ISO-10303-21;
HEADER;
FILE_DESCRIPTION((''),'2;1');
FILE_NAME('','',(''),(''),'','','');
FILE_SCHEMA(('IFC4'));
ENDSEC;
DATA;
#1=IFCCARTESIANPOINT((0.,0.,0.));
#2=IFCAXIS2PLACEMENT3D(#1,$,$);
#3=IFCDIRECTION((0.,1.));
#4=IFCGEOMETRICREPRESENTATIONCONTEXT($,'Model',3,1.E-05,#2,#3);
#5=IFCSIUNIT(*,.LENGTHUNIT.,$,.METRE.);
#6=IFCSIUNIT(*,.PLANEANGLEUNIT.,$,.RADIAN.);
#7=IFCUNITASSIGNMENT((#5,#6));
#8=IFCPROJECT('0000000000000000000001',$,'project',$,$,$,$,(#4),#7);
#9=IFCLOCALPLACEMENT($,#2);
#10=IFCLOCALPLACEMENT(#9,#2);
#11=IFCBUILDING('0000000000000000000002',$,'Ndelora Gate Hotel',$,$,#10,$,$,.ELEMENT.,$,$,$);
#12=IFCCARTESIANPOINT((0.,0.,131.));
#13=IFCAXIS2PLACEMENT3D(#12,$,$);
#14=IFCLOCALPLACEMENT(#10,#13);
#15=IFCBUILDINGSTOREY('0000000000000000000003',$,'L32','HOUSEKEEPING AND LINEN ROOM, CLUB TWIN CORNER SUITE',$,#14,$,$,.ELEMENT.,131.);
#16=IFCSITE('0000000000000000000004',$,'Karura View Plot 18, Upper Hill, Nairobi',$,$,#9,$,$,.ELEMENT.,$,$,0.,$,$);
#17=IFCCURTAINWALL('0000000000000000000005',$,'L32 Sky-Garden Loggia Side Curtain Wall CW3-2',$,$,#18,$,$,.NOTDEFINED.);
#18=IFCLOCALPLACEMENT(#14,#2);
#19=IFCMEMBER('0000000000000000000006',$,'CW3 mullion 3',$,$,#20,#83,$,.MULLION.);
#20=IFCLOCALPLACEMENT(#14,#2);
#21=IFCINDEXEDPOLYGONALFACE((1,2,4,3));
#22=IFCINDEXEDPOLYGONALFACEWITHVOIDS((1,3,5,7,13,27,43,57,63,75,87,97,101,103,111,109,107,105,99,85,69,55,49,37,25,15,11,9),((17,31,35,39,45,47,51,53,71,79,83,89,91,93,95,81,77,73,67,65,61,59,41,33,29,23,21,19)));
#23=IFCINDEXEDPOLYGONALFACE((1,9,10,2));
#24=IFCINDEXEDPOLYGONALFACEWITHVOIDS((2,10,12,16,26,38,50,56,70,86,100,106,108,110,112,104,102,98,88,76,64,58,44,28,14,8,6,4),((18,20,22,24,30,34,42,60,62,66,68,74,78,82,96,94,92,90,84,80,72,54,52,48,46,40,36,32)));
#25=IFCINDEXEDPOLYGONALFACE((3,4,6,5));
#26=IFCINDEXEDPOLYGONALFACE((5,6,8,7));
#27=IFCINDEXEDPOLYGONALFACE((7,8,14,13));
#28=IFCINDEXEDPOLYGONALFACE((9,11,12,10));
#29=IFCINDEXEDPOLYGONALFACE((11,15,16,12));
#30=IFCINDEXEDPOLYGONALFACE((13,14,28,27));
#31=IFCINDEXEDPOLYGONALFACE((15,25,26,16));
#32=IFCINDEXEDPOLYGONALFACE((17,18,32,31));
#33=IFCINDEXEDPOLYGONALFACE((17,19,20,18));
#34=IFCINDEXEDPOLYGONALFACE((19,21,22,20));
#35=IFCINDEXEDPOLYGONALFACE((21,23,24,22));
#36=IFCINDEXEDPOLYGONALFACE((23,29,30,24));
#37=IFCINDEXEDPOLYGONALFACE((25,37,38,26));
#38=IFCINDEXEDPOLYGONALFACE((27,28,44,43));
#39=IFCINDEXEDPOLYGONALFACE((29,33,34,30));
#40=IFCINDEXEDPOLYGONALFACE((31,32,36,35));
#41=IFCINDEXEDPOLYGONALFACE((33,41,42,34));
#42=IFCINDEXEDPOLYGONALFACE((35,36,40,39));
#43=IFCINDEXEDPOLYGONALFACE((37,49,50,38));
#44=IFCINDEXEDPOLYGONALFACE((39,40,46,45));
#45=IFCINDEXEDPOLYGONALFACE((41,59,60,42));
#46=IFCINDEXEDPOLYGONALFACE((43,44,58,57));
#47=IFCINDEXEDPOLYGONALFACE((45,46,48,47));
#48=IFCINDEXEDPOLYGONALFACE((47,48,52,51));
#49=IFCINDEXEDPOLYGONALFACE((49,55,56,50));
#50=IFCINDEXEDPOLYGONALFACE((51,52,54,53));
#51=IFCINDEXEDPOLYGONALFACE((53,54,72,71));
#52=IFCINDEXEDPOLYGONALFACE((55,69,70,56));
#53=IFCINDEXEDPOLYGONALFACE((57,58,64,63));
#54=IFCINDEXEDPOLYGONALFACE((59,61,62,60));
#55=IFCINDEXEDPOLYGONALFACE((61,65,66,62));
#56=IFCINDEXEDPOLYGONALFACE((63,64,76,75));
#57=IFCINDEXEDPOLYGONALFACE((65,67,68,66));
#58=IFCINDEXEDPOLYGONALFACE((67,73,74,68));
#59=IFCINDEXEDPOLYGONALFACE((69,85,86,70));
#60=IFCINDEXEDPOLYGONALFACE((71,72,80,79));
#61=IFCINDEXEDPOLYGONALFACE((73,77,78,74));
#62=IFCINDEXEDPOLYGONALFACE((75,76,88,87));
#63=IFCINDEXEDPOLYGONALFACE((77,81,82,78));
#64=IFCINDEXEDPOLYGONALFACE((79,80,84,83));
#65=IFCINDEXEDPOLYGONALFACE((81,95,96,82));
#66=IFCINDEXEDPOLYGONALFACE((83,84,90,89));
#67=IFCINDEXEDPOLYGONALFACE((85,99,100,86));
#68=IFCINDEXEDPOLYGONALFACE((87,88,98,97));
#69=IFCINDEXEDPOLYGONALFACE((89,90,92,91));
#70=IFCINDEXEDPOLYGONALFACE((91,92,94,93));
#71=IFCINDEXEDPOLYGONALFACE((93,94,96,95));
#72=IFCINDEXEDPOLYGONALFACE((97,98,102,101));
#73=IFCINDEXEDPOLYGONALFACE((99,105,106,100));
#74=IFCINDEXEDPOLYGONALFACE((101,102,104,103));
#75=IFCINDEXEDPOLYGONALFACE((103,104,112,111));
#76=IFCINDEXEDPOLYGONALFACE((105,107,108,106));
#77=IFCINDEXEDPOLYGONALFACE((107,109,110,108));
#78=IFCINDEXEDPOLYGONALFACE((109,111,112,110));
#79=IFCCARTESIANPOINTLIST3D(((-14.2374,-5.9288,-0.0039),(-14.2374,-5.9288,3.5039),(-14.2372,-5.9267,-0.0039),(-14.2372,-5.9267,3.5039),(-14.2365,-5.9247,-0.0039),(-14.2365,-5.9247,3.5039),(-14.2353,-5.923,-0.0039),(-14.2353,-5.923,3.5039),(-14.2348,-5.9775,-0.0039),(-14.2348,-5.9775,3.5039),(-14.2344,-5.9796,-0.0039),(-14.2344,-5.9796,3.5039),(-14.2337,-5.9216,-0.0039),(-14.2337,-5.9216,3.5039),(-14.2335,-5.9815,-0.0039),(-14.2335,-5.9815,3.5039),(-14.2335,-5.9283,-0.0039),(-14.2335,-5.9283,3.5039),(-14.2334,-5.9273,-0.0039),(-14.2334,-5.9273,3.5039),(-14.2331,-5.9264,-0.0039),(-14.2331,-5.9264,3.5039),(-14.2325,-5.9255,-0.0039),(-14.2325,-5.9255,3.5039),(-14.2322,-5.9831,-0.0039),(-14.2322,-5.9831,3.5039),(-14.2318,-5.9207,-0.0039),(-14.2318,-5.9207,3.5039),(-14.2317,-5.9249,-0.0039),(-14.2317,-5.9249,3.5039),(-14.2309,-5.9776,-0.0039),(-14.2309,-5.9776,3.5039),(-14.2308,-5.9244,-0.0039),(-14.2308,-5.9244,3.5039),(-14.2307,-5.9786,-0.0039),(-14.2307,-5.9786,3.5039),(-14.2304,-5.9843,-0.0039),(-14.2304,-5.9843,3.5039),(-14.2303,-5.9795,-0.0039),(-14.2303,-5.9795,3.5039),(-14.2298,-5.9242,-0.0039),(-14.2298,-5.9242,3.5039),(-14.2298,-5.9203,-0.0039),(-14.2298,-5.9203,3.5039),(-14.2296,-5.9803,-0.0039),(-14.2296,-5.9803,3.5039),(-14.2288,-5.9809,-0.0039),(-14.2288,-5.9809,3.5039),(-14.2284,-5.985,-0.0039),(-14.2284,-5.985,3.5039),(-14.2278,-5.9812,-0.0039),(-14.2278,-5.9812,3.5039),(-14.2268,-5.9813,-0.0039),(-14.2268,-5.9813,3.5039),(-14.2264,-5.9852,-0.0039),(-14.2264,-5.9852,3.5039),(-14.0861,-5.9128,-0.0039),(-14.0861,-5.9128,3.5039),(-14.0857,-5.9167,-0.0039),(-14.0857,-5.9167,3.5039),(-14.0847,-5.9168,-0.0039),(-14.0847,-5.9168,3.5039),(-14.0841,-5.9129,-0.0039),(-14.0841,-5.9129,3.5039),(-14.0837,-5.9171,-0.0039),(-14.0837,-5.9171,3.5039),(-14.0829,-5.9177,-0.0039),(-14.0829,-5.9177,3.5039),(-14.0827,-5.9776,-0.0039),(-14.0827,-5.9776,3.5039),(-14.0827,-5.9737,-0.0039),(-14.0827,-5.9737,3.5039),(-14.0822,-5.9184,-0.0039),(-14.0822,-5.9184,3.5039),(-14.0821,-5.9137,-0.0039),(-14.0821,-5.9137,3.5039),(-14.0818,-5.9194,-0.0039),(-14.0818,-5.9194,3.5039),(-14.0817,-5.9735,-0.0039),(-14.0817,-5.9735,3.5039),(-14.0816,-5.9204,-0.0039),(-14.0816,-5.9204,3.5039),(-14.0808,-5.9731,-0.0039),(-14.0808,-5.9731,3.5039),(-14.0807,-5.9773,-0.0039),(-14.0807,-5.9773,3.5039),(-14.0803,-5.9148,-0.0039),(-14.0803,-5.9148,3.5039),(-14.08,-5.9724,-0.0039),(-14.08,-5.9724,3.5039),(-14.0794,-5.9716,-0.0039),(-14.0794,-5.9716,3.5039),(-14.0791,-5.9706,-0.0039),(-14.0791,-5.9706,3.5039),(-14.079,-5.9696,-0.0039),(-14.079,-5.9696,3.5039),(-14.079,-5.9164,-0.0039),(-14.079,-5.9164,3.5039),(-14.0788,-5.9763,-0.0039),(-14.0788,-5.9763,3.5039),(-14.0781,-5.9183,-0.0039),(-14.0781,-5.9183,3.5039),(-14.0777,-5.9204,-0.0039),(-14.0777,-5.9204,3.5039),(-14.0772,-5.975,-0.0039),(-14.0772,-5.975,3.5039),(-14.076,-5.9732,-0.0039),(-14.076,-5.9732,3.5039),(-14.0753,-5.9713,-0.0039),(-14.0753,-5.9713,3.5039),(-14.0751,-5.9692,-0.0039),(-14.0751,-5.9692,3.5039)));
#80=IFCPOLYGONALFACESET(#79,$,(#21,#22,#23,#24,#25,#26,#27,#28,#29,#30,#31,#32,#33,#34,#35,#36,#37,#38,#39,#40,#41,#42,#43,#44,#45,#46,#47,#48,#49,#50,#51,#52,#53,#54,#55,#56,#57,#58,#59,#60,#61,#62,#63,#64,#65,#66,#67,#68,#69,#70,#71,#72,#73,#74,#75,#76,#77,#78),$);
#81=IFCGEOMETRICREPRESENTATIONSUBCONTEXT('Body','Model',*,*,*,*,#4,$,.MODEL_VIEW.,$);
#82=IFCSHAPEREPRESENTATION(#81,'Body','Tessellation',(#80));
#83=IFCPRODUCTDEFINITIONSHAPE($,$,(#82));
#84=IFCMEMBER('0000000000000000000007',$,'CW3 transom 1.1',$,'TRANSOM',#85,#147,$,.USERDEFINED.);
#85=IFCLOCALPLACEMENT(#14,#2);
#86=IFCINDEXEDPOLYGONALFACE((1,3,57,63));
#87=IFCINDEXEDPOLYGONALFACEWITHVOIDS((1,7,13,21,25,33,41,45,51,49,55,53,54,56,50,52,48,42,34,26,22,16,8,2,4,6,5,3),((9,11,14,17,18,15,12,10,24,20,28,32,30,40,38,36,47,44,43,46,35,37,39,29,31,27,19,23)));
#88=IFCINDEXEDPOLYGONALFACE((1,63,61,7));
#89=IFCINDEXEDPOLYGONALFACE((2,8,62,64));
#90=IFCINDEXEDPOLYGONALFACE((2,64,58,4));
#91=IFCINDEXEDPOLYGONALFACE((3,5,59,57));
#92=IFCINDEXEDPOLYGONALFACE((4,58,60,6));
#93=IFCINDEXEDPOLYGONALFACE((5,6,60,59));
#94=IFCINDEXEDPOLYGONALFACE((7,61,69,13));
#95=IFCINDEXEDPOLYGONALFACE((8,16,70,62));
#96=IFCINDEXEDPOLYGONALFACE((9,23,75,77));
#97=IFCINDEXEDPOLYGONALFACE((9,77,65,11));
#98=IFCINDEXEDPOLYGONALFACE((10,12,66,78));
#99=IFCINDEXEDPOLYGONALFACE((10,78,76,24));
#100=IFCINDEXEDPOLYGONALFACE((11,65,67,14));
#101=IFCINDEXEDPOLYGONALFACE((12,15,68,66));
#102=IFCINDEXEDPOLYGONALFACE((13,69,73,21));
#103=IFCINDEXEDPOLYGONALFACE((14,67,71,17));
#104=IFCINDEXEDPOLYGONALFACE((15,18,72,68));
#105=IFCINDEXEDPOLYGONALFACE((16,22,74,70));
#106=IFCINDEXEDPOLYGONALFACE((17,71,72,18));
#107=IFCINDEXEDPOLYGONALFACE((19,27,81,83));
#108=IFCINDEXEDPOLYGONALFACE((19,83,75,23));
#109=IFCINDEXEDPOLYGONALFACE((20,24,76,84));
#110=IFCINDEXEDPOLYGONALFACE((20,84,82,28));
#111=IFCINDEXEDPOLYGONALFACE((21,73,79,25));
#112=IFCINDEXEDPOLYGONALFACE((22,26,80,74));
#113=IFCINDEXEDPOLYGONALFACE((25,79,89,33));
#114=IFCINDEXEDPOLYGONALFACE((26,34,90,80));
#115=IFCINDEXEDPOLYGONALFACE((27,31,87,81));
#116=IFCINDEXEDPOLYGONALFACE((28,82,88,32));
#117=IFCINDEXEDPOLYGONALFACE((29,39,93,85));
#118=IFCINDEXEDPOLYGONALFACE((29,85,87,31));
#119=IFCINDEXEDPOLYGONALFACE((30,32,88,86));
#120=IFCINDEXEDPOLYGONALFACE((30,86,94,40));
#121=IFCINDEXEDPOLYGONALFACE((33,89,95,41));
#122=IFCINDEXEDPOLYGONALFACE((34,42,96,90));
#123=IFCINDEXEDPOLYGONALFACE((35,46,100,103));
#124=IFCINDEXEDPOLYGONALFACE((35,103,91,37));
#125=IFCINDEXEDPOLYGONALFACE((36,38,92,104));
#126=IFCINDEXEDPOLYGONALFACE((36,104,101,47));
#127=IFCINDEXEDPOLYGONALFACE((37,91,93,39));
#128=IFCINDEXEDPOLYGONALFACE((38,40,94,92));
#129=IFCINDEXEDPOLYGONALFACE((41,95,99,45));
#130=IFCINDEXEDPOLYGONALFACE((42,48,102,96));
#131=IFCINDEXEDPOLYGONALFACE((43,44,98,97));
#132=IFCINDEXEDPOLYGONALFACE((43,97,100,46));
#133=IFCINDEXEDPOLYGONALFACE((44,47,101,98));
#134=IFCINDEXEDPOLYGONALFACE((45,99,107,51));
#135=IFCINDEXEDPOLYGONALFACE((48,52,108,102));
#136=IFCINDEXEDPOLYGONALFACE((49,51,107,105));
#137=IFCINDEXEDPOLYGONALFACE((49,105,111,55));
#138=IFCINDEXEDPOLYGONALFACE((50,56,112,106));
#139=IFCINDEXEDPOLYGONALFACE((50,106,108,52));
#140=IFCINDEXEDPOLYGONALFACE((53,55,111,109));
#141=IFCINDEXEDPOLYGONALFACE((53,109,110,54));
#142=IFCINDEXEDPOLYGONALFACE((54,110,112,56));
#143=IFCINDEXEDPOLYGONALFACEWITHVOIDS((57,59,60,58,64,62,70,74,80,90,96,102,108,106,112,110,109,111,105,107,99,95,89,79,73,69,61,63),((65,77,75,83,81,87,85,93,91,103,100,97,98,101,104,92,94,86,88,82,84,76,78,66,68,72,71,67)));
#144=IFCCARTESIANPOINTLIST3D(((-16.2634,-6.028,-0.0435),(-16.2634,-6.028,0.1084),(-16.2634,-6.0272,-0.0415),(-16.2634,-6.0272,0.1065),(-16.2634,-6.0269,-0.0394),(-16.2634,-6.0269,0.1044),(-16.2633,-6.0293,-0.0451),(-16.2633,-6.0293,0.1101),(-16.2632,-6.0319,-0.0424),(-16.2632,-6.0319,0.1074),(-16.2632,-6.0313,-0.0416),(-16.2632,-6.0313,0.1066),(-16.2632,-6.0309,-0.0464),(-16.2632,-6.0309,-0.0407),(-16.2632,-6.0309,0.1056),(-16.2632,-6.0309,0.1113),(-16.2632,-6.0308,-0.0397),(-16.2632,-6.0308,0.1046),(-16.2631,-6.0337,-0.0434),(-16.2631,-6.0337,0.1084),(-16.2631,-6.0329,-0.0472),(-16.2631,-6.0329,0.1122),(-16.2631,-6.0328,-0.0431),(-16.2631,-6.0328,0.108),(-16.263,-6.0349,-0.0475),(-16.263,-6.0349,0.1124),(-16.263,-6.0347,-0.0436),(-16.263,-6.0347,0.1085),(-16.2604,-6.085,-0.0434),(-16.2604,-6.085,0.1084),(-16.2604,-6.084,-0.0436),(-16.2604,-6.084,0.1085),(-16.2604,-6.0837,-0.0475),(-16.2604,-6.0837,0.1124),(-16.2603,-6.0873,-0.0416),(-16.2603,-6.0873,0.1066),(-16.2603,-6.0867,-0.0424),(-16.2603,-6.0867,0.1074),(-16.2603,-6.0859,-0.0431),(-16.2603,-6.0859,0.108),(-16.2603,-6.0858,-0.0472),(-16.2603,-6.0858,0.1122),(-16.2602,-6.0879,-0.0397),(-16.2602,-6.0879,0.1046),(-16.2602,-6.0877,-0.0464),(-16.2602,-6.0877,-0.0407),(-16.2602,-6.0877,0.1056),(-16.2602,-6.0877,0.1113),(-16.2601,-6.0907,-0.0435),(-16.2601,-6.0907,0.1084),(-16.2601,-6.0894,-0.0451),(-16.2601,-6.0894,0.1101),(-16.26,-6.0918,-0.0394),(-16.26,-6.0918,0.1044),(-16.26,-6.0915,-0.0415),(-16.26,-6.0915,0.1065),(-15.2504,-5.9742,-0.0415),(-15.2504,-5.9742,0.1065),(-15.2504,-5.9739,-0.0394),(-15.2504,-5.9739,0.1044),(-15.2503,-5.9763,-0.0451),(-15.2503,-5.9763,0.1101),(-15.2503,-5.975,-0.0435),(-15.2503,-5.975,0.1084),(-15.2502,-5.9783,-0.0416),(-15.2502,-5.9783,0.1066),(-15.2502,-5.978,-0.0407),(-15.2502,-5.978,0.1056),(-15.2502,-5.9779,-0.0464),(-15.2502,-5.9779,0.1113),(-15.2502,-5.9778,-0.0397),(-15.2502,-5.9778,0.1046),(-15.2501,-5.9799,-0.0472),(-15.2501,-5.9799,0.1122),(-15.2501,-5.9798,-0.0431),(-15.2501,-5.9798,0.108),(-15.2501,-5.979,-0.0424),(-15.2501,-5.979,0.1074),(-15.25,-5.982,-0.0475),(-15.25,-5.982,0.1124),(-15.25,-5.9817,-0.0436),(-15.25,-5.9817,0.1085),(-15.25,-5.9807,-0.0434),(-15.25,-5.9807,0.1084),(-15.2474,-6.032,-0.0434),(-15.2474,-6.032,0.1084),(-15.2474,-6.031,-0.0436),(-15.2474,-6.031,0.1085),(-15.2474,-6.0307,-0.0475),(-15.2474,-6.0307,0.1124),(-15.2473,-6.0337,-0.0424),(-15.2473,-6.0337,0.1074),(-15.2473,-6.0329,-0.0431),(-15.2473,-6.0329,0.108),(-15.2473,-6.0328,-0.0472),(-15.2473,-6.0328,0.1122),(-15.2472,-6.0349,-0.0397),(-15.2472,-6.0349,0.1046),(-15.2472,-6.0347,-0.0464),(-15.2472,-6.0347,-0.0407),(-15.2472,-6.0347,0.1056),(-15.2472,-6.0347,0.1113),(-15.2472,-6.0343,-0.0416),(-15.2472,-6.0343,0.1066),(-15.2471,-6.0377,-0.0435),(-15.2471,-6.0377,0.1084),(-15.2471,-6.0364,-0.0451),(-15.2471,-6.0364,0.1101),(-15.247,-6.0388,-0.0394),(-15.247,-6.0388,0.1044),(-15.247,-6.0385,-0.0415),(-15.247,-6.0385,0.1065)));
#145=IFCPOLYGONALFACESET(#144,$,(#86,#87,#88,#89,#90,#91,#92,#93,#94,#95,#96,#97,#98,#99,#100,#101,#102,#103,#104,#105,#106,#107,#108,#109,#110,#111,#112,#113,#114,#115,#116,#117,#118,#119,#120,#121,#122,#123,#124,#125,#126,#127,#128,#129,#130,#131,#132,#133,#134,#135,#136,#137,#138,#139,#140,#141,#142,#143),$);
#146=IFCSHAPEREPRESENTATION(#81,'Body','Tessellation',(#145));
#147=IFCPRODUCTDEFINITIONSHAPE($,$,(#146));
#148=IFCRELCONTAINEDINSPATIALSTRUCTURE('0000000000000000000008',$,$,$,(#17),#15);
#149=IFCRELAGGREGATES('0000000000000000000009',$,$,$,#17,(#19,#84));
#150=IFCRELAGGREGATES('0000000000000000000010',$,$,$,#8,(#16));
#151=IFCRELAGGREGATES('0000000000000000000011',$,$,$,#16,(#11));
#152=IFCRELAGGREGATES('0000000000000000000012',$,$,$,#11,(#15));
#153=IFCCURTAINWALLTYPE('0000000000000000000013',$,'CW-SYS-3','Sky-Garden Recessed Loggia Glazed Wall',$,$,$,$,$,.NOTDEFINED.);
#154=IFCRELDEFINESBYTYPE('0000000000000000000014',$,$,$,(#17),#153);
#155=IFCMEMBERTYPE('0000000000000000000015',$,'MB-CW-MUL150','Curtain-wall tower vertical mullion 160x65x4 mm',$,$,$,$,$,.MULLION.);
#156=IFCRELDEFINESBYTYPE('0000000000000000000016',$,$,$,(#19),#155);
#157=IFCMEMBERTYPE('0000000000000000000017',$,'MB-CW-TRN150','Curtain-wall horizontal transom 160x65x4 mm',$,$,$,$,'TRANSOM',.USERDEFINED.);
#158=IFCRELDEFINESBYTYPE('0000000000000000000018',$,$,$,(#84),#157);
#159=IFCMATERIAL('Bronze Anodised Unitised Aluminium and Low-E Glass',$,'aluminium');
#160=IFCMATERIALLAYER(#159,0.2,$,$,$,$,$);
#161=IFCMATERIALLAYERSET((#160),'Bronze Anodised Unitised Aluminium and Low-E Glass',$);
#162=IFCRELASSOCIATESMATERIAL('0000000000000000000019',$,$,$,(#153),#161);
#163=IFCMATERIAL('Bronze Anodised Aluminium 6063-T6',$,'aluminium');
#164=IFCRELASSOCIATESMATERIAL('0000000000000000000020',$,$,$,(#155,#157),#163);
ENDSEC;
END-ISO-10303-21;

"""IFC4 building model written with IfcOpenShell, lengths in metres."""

from ifc_helpers import new_model, si_unit, direction, frame, origin, origin_2d, place, context, subcontext, project, spatial, hollow_rectangle, extrude, material, layer, layer_set, material_profile, profile_set, type_object, element, aggregate, save


model = new_model("IFC4")

# Units and contexts
model_context = context("Model", 3, precision=1e-05, world=origin(), true_north=direction((0.0, 1.0)))
body_context = subcontext(model_context, "Body", "Model", "MODEL_VIEW")
ifc_project = project(units=[si_unit("LENGTHUNIT", "METRE"), si_unit("PLANEANGLEUNIT", "RADIAN")], contexts=[model_context])

# Site, building, storey
site_placement = place(None, origin())
site = spatial("IfcSite", under=ifc_project, at=site_placement, Name="Karura View Plot 18, Upper Hill, Nairobi", CompositionType="ELEMENT", RefElevation=0.0)
building_placement = place(site_placement, origin())
building = spatial("IfcBuilding", under=site, at=building_placement, Name="Ndelora Gate Hotel", CompositionType="ELEMENT")
storey_placement = place(building_placement, frame((0.0, 0.0, 131.0)))
storey = spatial("IfcBuildingStorey", under=building, at=storey_placement, Name="L32", Description="HOUSEKEEPING AND LINEN ROOM, CLUB TWIN CORNER SUITE", CompositionType="ELEMENT", Elevation=131.0)

# Curtain wall, members
ifc_material_1 = material(Name="Bronze Anodised Unitised Aluminium and Low-E Glass", Category="aluminium")
ifc_layer_1 = layer(ifc_material_1, 0.2)
ifc_layer_set_1 = layer_set([ifc_layer_1], Name="Bronze Anodised Unitised Aluminium and Low-E Glass")
curtain_wall_type = type_object("IfcCurtainWallType", Name="CW-SYS-3", Description="Sky-Garden Recessed Loggia Glazed Wall", PredefinedType="NOTDEFINED", material=ifc_layer_set_1)
curtain_wall_placement = place(storey_placement, origin())
curtain_wall = element("IfcCurtainWall", 1, at=curtain_wall_placement, inside=storey, type_object=curtain_wall_type, Name="L32 Sky-Garden Loggia Side Curtain Wall CW3-2", PredefinedType="NOTDEFINED")
ifc_material_2 = material(Name="Bronze Anodised Aluminium 6063-T6", Category="aluminium")
ifc_material_profile_1 = material_profile(ifc_material_2, hollow_rectangle(XDim=0.0649, YDim=0.1599, WallThickness=0.0039, InnerFilletRadius=0.0039, OuterFilletRadius=0.0081, at=origin_2d()), Name="ALU 160x65x4")
ifc_profile_set_1 = profile_set([ifc_material_profile_1], Name="Bronze Anodised Aluminium 6063-T6")
member_type_1 = type_object("IfcMemberType", Name="MB-CW-MUL150", Description="Curtain-wall tower vertical mullion 160x65x4 mm", PredefinedType="MULLION", material=ifc_profile_set_1)
member_1_placement = place(storey_placement, frame((-14.1562, -5.949, -0.0039), z_axis=(0.0, 0.0, 1.0), x_axis=(-0.052363, 0.998628, 0.0)))
member_1 = element("IfcMember", 2, at=member_1_placement, type_object=member_type_1, Name="CW3 mullion 3", PredefinedType="MULLION", context=body_context, shape_type="SweptSolid", body=[
    extrude(hollow_rectangle(XDim=0.0649, YDim=0.1599, WallThickness=0.0039, InnerFilletRadius=0.0039, OuterFilletRadius=0.0081, at=origin_2d()), origin(), (0.0, 0.0, 1.0), 3.5078),
])
ifc_material_profile_2 = material_profile(ifc_material_2, hollow_rectangle(XDim=0.0649, YDim=0.1599, WallThickness=0.0039, InnerFilletRadius=0.0039, OuterFilletRadius=0.0081, at=origin_2d()), Name="ALU 160x65x4")
ifc_profile_set_2 = profile_set([ifc_material_profile_2], Name="Bronze Anodised Aluminium 6063-T6")
member_type_2 = type_object("IfcMemberType", Name="MB-CW-TRN150", Description="Curtain-wall horizontal transom 160x65x4 mm", ElementType="TRANSOM", PredefinedType="USERDEFINED", material=ifc_profile_set_2)
member_2_placement = place(storey_placement, frame((-16.2617, -6.0593, 0.0325), z_axis=(0.998635, 0.05223, 0.0), x_axis=(-0.05223, 0.998635, 0.0)))
member_2 = element("IfcMember", 3, at=member_2_placement, type_object=member_type_2, Name="CW3 transom 1.1", ObjectType="TRANSOM", PredefinedType="USERDEFINED", context=body_context, shape_type="SweptSolid", body=[
    extrude(hollow_rectangle(XDim=0.0649, YDim=0.1599, WallThickness=0.0039, InnerFilletRadius=0.0039, OuterFilletRadius=0.0081, at=origin_2d()), origin(), (0.0, 0.0, 1.0), 1.0144),
])
aggregate(curtain_wall, [member_1, member_2])

save(model, "model.ifc")
